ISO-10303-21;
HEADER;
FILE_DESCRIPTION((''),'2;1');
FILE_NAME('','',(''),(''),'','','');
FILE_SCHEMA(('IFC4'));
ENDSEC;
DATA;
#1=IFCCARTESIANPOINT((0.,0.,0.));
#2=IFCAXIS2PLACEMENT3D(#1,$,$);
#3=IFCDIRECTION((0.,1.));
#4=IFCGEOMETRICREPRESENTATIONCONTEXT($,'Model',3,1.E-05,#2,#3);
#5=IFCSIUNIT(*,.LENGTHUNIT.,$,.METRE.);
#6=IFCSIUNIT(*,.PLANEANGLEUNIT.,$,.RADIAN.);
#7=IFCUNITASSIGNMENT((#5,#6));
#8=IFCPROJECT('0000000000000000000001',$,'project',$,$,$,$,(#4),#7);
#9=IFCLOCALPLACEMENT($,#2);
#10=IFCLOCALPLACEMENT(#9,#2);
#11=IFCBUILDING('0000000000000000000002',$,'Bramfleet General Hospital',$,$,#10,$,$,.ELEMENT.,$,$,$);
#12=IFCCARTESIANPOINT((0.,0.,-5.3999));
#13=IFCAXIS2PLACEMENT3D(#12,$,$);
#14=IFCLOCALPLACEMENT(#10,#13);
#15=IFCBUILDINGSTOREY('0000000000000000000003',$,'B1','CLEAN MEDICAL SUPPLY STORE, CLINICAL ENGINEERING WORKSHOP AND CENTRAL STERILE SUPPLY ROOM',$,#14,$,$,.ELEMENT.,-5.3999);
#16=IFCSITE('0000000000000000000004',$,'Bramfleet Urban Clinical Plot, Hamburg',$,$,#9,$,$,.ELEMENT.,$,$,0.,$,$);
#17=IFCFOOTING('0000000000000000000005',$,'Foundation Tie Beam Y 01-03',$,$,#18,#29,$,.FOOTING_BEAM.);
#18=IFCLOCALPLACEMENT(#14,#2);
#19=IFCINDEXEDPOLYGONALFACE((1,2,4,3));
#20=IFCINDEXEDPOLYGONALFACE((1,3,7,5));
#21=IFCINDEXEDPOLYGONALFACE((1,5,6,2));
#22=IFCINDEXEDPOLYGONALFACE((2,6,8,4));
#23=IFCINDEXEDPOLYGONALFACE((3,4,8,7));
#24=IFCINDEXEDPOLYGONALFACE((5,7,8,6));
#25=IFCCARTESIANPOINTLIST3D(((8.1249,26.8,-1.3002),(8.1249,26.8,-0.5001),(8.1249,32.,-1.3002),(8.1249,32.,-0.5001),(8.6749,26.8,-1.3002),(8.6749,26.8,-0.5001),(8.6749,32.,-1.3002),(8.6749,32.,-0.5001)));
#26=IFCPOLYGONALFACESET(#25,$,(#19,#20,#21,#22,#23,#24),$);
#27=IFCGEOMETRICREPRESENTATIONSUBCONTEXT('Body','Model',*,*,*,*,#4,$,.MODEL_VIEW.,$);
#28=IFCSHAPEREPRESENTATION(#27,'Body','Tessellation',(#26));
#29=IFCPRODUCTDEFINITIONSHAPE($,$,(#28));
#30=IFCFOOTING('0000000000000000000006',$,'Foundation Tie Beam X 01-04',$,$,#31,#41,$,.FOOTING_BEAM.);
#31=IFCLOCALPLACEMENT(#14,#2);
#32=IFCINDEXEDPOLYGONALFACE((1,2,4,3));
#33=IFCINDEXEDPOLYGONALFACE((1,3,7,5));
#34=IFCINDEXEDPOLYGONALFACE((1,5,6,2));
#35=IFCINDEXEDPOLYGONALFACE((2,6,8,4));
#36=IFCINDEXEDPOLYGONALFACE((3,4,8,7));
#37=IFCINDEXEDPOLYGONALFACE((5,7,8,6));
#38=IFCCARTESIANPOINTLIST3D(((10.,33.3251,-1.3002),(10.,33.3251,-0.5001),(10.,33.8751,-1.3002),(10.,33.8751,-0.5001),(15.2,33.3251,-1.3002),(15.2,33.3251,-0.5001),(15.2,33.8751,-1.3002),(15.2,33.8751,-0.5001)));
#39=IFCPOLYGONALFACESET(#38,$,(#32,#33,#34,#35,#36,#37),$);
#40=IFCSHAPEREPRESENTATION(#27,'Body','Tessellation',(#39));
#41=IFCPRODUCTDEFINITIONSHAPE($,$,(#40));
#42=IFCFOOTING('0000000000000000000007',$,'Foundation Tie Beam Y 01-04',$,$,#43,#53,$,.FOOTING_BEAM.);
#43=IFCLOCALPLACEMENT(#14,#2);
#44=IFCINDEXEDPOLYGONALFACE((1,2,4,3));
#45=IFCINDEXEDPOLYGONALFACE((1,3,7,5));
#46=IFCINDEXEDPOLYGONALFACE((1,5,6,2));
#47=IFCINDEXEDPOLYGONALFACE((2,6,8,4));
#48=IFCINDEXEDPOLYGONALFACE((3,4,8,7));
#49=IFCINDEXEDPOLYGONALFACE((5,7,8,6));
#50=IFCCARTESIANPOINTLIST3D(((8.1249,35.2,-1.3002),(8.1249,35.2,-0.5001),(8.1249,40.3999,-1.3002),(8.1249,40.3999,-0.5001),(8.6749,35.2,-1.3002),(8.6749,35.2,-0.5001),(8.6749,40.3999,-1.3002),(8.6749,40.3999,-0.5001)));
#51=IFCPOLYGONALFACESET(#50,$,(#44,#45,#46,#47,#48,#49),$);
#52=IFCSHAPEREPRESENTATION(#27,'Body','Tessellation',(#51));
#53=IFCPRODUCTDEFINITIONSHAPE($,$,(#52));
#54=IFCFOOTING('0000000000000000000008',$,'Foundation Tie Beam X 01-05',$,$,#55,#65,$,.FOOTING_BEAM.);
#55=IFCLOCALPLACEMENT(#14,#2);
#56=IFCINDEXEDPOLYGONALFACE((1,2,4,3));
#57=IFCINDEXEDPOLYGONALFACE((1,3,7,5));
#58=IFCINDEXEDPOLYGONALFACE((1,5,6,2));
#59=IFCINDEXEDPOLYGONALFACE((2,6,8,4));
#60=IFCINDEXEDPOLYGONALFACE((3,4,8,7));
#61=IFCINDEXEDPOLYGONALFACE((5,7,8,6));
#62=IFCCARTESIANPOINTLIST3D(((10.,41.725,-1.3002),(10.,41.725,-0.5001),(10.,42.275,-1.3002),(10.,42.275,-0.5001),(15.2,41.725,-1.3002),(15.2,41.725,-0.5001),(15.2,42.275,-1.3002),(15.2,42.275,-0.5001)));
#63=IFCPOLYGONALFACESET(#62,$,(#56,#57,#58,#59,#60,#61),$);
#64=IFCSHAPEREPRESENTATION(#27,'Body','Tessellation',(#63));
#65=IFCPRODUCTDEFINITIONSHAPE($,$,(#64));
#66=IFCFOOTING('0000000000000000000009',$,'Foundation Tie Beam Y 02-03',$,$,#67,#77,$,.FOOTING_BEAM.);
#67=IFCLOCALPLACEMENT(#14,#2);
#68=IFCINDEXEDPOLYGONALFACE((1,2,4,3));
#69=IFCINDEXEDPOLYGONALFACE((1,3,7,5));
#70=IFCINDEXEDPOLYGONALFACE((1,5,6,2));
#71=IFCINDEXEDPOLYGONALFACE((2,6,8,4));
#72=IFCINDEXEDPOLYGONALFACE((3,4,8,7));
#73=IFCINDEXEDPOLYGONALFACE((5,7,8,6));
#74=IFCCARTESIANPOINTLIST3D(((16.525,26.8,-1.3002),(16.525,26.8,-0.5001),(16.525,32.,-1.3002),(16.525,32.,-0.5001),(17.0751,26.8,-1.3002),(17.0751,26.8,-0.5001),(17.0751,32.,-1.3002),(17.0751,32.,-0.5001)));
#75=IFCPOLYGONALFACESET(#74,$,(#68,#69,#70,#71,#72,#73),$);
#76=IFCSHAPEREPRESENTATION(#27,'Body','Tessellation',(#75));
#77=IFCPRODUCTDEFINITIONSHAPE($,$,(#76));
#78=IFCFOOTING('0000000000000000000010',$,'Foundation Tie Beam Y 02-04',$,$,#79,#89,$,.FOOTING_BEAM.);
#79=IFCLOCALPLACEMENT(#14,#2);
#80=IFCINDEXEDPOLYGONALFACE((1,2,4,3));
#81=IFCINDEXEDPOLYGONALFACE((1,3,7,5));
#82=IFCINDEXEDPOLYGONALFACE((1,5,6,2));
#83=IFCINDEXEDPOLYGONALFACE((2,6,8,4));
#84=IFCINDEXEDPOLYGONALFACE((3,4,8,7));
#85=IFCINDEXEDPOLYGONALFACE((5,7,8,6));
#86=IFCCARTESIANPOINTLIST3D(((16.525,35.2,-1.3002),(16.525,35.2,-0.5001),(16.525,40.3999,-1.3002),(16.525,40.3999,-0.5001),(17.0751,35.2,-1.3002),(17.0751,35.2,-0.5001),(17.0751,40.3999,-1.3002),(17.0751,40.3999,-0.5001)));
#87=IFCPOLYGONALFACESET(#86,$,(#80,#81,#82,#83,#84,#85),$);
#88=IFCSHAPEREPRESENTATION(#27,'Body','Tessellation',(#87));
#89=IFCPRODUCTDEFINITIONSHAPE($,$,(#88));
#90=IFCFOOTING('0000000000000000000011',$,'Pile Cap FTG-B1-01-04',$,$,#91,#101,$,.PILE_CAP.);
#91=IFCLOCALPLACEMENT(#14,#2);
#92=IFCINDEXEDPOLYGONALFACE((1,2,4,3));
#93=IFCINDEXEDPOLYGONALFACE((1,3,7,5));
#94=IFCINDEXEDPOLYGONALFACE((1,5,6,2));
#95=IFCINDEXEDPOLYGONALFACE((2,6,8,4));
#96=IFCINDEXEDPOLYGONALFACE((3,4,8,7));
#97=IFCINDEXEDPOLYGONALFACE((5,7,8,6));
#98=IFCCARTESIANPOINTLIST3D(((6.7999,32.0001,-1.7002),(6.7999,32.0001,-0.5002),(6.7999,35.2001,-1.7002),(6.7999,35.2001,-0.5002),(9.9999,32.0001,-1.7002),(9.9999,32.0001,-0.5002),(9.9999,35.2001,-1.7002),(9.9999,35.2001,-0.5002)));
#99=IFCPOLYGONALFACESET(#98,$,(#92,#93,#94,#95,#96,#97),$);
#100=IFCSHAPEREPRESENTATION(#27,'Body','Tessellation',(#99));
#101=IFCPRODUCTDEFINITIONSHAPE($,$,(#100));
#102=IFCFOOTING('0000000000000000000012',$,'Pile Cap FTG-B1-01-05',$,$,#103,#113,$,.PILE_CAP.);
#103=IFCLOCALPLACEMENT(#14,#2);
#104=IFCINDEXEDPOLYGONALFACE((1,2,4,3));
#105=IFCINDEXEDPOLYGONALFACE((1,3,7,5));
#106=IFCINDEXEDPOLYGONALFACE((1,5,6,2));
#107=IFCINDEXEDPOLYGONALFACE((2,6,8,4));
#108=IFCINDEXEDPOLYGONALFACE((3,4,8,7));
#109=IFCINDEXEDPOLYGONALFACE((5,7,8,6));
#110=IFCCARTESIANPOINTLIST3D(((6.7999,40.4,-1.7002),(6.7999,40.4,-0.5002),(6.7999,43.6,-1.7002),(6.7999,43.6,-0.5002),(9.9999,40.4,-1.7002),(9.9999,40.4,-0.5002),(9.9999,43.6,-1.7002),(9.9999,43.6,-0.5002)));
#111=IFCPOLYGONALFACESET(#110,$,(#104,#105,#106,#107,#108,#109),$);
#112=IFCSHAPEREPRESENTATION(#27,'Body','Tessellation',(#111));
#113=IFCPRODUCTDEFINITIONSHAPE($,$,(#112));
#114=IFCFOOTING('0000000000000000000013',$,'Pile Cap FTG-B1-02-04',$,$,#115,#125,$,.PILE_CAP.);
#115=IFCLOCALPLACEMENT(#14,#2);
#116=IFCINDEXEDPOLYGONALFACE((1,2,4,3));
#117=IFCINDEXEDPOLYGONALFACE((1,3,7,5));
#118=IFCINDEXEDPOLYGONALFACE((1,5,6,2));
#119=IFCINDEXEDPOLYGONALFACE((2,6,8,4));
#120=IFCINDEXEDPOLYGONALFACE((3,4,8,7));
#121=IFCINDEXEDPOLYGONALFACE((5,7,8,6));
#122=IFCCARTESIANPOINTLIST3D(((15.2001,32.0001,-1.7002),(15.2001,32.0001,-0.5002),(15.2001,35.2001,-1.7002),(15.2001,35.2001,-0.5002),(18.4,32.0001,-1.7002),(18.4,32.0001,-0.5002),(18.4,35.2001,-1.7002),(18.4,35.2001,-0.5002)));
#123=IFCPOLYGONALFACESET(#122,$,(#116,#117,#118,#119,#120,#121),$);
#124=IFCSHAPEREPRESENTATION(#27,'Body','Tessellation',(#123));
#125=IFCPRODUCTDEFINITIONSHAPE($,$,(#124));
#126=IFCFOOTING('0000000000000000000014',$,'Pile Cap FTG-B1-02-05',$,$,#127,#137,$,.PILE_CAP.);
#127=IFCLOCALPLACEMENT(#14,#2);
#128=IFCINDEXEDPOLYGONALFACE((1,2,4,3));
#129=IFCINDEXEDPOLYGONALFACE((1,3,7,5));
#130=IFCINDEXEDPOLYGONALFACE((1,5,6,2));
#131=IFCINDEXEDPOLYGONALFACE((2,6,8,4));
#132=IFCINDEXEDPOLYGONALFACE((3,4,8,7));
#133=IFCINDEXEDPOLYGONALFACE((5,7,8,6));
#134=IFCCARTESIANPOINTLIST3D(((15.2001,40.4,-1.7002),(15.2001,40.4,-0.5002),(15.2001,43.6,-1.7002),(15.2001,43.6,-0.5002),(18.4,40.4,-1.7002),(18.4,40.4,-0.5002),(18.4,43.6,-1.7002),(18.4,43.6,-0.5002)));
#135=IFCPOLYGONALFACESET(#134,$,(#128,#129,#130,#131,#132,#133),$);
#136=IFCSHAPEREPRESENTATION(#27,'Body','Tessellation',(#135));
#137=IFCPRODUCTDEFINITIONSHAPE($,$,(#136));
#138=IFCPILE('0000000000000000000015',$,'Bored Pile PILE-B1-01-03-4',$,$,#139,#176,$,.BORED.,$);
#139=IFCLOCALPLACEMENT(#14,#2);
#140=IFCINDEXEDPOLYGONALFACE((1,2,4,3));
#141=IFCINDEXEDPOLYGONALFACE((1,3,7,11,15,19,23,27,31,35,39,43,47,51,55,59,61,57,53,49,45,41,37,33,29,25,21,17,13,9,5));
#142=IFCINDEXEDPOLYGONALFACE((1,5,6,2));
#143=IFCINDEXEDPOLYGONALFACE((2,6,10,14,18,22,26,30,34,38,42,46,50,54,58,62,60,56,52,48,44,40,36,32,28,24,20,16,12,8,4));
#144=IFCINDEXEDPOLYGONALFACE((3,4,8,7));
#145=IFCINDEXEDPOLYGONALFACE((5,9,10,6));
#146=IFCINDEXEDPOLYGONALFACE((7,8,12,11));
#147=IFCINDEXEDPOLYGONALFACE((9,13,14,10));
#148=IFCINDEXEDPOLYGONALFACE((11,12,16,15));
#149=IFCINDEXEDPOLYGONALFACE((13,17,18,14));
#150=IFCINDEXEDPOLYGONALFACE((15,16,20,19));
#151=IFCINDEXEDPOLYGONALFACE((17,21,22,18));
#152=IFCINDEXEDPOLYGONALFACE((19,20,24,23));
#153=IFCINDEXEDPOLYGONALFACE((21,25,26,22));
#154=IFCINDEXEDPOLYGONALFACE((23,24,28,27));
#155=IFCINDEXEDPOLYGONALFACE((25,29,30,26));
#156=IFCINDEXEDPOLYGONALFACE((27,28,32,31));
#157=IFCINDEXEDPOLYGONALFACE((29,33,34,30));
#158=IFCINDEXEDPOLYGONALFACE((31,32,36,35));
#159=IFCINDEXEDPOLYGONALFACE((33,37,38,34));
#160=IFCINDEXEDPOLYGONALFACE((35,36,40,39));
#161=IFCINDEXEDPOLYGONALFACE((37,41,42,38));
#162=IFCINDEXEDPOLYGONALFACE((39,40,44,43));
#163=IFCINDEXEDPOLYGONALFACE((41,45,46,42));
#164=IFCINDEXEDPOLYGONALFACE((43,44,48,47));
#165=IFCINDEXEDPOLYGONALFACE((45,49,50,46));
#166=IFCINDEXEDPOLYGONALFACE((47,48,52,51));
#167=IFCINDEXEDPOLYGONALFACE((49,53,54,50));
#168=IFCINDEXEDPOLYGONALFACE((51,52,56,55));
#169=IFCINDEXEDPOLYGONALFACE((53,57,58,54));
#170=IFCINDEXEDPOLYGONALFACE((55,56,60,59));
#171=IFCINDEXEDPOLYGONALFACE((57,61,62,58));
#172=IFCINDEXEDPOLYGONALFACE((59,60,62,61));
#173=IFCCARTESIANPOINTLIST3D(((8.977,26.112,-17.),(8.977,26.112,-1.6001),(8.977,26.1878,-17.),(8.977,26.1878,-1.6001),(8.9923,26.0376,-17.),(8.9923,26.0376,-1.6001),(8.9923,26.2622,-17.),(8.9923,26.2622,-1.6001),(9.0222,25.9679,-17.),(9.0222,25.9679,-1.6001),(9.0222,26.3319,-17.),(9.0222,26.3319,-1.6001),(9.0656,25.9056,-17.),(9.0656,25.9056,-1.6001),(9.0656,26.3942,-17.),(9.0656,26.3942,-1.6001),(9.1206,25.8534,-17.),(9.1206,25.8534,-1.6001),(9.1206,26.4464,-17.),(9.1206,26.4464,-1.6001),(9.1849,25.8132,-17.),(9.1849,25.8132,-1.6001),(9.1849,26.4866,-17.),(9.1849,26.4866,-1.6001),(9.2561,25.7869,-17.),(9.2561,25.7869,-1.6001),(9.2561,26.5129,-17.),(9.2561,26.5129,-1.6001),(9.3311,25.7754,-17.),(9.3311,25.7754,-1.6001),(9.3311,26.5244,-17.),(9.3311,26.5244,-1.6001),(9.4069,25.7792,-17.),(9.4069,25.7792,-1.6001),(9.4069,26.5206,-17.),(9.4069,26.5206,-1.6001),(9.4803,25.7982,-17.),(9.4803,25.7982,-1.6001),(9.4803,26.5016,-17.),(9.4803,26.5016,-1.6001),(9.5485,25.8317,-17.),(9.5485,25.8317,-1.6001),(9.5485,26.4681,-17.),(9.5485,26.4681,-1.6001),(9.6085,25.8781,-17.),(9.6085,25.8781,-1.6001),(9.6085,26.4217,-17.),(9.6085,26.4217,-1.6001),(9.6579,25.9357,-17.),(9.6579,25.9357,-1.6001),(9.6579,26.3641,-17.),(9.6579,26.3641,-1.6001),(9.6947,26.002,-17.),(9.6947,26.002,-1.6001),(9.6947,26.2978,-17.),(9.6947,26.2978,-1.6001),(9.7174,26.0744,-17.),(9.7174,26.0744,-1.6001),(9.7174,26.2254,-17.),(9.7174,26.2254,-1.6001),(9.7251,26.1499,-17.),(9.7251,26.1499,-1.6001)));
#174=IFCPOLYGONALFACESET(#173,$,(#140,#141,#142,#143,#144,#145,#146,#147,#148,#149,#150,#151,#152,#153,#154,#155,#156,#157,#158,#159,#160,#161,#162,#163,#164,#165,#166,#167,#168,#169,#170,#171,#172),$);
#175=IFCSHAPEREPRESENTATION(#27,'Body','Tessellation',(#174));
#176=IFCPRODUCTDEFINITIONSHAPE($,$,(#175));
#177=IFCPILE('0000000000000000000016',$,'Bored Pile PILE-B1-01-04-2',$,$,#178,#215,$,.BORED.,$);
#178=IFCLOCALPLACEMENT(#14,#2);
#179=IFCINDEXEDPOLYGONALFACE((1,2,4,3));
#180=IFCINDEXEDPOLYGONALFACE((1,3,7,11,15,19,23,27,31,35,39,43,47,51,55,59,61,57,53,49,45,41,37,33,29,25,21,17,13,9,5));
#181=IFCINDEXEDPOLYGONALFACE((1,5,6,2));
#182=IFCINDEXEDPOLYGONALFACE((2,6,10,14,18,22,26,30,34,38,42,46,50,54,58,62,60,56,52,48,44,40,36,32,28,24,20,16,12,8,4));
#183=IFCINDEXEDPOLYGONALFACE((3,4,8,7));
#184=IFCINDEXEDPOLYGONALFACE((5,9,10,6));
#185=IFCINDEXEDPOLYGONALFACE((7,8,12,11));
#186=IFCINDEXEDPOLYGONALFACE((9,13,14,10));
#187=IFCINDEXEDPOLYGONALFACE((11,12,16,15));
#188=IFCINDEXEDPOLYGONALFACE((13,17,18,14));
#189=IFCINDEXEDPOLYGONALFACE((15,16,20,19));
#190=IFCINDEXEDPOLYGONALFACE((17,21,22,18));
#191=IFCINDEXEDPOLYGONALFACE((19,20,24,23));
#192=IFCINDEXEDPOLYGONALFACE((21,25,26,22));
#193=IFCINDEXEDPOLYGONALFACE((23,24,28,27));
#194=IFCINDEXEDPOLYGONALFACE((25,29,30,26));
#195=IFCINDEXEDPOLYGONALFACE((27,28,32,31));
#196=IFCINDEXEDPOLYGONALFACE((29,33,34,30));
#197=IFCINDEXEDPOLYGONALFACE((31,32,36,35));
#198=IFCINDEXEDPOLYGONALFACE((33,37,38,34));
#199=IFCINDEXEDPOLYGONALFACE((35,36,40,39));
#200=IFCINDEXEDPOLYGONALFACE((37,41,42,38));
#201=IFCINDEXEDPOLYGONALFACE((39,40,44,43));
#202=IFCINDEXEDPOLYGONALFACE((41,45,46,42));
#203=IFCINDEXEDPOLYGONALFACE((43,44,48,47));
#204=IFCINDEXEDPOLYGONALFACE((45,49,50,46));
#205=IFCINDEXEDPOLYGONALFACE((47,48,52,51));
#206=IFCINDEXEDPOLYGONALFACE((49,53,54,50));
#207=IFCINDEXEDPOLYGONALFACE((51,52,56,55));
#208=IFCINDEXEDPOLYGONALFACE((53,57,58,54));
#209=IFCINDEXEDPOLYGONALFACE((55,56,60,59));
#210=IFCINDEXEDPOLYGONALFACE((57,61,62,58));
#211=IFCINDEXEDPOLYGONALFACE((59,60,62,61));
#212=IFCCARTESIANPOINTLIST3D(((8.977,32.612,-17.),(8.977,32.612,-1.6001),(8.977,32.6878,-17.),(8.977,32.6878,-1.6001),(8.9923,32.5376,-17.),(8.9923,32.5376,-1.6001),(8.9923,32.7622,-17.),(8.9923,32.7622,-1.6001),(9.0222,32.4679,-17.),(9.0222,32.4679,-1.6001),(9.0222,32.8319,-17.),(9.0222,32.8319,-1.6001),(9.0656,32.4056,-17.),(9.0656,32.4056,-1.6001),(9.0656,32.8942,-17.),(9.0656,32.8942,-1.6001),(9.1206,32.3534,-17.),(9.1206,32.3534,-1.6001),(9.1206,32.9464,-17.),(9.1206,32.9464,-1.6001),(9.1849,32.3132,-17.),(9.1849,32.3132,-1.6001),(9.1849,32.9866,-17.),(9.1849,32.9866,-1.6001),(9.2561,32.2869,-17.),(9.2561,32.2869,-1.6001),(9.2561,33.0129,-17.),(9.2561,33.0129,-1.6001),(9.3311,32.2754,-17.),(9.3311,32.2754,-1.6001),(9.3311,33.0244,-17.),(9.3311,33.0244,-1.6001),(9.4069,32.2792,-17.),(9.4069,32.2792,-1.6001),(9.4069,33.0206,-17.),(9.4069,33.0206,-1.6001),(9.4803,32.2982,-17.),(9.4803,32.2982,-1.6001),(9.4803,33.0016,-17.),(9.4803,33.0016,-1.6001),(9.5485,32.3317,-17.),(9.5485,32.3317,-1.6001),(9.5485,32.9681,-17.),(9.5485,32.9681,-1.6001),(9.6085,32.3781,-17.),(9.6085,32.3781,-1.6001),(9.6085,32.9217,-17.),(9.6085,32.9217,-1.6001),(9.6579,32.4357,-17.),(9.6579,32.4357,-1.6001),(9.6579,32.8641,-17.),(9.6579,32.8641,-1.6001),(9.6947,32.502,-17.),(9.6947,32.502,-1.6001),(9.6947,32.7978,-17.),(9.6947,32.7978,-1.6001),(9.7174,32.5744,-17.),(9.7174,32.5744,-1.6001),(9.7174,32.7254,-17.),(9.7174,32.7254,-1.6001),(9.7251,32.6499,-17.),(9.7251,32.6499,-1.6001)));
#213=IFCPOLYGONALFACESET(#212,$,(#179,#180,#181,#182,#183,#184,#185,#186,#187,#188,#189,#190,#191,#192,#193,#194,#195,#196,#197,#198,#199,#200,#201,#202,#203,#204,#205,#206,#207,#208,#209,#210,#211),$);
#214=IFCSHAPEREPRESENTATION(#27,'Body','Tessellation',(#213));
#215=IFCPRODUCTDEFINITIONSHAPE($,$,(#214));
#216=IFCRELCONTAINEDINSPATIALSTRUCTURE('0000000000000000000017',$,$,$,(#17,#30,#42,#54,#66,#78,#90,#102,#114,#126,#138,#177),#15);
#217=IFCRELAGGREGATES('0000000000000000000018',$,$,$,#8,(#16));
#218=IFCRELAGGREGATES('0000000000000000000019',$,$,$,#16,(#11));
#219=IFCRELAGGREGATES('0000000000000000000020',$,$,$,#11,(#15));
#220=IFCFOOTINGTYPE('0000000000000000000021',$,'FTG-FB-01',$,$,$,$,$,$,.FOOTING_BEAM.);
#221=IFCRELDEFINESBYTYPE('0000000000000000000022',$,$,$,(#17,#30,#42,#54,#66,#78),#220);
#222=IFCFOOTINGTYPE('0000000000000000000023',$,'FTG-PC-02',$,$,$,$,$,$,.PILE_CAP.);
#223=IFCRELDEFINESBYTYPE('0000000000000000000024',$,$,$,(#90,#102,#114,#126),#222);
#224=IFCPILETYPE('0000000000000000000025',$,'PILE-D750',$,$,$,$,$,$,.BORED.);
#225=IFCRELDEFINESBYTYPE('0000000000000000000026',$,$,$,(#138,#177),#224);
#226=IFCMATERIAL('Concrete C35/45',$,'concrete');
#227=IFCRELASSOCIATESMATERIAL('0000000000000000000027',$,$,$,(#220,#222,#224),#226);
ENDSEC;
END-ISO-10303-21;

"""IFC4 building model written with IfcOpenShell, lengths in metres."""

from ifc_helpers import new_model, si_unit, direction, frame, origin, origin_2d, place, context, subcontext, project, spatial, rectangle, circle, extrude, material, material_profile, profile_set, type_object, element, save


model = new_model("IFC4")

# Units and contexts
model_context = context("Model", 3, precision=1e-05, world=origin(), true_north=direction((0.0, 1.0)))
body_context = subcontext(model_context, "Body", "Model", "MODEL_VIEW")
ifc_project = project(units=[si_unit("LENGTHUNIT", "METRE"), si_unit("PLANEANGLEUNIT", "RADIAN")], contexts=[model_context])

# Site, building, storey
site_placement = place(None, origin())
site = spatial("IfcSite", under=ifc_project, at=site_placement, Name="Bramfleet Urban Clinical Plot, Hamburg", CompositionType="ELEMENT", RefElevation=0.0)
building_placement = place(site_placement, origin())
building = spatial("IfcBuilding", under=site, at=building_placement, Name="Bramfleet General Hospital", CompositionType="ELEMENT")
storey_placement = place(building_placement, frame((0.0, 0.0, -5.3999)))
storey = spatial("IfcBuildingStorey", under=building, at=storey_placement, Name="B1", Description="CLEAN MEDICAL SUPPLY STORE, CLINICAL ENGINEERING WORKSHOP AND CENTRAL STERILE SUPPLY ROOM", CompositionType="ELEMENT", Elevation=-5.3999)

# Footings
ifc_material_1 = material(Name="Concrete C35/45", Category="concrete")
ifc_material_profile_1 = material_profile(ifc_material_1, rectangle(XDim=0.55, YDim=0.8, at=origin_2d()), Name="RC FB 800x550")
ifc_profile_set_1 = profile_set([ifc_material_profile_1], Name="Concrete C35/45")
footing_type_1 = type_object("IfcFootingType", Name="FTG-FB-01", PredefinedType="FOOTING_BEAM", material=ifc_profile_set_1)
for number, where, z_axis, x_axis, name in (
    (1, (8.3999, 26.8, -0.9001), (0.0, 1.0, 0.0), (-1.0, 0.0, 0.0), "Foundation Tie Beam Y 01-03"),
    (2, (10.0, 33.6001, -0.9001), (1.0, 0.0, 0.0), (0.0, 1.0, 0.0), "Foundation Tie Beam X 01-04"),
    (3, (8.3999, 35.2, -0.9001), (0.0, 1.0, 0.0), (-1.0, 0.0, 0.0), "Foundation Tie Beam Y 01-04"),
    (4, (10.0, 42.0, -0.9001), (1.0, 0.0, 0.0), (0.0, 1.0, 0.0), "Foundation Tie Beam X 01-05"),
    (5, (16.8, 26.8, -0.9001), (0.0, 1.0, 0.0), (-1.0, 0.0, 0.0), "Foundation Tie Beam Y 02-03"),
    (6, (16.8, 35.2, -0.9001), (0.0, 1.0, 0.0), (-1.0, 0.0, 0.0), "Foundation Tie Beam Y 02-04"),
):
    element("IfcFooting", number, at=place(storey_placement, frame(where, z_axis=z_axis, x_axis=x_axis)), inside=storey, type_object=footing_type_1, Name=name, PredefinedType="FOOTING_BEAM", context=body_context, shape_type="SweptSolid", body=[
        extrude(rectangle(XDim=0.55, YDim=0.8, at=origin_2d()), origin(), (0.0, 0.0, 1.0), 5.2),
    ])
footing_type_2 = type_object("IfcFootingType", Name="FTG-PC-02", PredefinedType="PILE_CAP", material=ifc_material_1)
for number, where, z_axis, x_axis, name in (
    (7, (8.3999, 33.6001, -1.7002), (0.0, 0.0, 1.0), (1.0, 0.0, 0.0), "Pile Cap FTG-B1-01-04"),
    (8, (8.3999, 42.0, -1.7002), (0.0, 0.0, 1.0), (1.0, 0.0, 0.0), "Pile Cap FTG-B1-01-05"),
    (9, (16.8, 33.6001, -1.7002), (0.0, 0.0, 1.0), (1.0, 0.0, 0.0), "Pile Cap FTG-B1-02-04"),
    (10, (16.8, 42.0, -1.7002), (0.0, 0.0, 1.0), (1.0, 0.0, 0.0), "Pile Cap FTG-B1-02-05"),
):
    element("IfcFooting", number, at=place(storey_placement, frame(where, z_axis=z_axis, x_axis=x_axis)), inside=storey, type_object=footing_type_2, Name=name, PredefinedType="PILE_CAP", context=body_context, shape_type="SweptSolid", body=[
        extrude(rectangle(XDim=3.2, YDim=3.2, at=origin_2d()), origin(), (0.0, 0.0, 1.0), 1.2),
    ])

# Piles
ifc_material_profile_2 = material_profile(ifc_material_1, circle(Radius=0.375, at=origin_2d()), Name="PILE BORED D750")
ifc_profile_set_2 = profile_set([ifc_material_profile_2], Name="Concrete C35/45")
pile_type = type_object("IfcPileType", Name="PILE-D750", PredefinedType="BORED", material=ifc_profile_set_2)
for number, where, z_axis, x_axis, name in (
    (11, (9.3501, 26.1499, -1.6001), (0.0, 0.0, -1.0), (1.0, 0.0, 0.0), "Bored Pile PILE-B1-01-03-4"),
    (12, (9.3501, 32.6499, -1.6001), (0.0, 0.0, -1.0), (1.0, 0.0, 0.0), "Bored Pile PILE-B1-01-04-2"),
):
    element("IfcPile", number, at=place(storey_placement, frame(where, z_axis=z_axis, x_axis=x_axis)), inside=storey, type_object=pile_type, Name=name, PredefinedType="BORED", context=body_context, shape_type="SweptSolid", body=[
        extrude(circle(Radius=0.375, at=origin_2d()), origin(), (0.0, 0.0, 1.0), 15.3999),
    ])

save(model, "model.ifc")
